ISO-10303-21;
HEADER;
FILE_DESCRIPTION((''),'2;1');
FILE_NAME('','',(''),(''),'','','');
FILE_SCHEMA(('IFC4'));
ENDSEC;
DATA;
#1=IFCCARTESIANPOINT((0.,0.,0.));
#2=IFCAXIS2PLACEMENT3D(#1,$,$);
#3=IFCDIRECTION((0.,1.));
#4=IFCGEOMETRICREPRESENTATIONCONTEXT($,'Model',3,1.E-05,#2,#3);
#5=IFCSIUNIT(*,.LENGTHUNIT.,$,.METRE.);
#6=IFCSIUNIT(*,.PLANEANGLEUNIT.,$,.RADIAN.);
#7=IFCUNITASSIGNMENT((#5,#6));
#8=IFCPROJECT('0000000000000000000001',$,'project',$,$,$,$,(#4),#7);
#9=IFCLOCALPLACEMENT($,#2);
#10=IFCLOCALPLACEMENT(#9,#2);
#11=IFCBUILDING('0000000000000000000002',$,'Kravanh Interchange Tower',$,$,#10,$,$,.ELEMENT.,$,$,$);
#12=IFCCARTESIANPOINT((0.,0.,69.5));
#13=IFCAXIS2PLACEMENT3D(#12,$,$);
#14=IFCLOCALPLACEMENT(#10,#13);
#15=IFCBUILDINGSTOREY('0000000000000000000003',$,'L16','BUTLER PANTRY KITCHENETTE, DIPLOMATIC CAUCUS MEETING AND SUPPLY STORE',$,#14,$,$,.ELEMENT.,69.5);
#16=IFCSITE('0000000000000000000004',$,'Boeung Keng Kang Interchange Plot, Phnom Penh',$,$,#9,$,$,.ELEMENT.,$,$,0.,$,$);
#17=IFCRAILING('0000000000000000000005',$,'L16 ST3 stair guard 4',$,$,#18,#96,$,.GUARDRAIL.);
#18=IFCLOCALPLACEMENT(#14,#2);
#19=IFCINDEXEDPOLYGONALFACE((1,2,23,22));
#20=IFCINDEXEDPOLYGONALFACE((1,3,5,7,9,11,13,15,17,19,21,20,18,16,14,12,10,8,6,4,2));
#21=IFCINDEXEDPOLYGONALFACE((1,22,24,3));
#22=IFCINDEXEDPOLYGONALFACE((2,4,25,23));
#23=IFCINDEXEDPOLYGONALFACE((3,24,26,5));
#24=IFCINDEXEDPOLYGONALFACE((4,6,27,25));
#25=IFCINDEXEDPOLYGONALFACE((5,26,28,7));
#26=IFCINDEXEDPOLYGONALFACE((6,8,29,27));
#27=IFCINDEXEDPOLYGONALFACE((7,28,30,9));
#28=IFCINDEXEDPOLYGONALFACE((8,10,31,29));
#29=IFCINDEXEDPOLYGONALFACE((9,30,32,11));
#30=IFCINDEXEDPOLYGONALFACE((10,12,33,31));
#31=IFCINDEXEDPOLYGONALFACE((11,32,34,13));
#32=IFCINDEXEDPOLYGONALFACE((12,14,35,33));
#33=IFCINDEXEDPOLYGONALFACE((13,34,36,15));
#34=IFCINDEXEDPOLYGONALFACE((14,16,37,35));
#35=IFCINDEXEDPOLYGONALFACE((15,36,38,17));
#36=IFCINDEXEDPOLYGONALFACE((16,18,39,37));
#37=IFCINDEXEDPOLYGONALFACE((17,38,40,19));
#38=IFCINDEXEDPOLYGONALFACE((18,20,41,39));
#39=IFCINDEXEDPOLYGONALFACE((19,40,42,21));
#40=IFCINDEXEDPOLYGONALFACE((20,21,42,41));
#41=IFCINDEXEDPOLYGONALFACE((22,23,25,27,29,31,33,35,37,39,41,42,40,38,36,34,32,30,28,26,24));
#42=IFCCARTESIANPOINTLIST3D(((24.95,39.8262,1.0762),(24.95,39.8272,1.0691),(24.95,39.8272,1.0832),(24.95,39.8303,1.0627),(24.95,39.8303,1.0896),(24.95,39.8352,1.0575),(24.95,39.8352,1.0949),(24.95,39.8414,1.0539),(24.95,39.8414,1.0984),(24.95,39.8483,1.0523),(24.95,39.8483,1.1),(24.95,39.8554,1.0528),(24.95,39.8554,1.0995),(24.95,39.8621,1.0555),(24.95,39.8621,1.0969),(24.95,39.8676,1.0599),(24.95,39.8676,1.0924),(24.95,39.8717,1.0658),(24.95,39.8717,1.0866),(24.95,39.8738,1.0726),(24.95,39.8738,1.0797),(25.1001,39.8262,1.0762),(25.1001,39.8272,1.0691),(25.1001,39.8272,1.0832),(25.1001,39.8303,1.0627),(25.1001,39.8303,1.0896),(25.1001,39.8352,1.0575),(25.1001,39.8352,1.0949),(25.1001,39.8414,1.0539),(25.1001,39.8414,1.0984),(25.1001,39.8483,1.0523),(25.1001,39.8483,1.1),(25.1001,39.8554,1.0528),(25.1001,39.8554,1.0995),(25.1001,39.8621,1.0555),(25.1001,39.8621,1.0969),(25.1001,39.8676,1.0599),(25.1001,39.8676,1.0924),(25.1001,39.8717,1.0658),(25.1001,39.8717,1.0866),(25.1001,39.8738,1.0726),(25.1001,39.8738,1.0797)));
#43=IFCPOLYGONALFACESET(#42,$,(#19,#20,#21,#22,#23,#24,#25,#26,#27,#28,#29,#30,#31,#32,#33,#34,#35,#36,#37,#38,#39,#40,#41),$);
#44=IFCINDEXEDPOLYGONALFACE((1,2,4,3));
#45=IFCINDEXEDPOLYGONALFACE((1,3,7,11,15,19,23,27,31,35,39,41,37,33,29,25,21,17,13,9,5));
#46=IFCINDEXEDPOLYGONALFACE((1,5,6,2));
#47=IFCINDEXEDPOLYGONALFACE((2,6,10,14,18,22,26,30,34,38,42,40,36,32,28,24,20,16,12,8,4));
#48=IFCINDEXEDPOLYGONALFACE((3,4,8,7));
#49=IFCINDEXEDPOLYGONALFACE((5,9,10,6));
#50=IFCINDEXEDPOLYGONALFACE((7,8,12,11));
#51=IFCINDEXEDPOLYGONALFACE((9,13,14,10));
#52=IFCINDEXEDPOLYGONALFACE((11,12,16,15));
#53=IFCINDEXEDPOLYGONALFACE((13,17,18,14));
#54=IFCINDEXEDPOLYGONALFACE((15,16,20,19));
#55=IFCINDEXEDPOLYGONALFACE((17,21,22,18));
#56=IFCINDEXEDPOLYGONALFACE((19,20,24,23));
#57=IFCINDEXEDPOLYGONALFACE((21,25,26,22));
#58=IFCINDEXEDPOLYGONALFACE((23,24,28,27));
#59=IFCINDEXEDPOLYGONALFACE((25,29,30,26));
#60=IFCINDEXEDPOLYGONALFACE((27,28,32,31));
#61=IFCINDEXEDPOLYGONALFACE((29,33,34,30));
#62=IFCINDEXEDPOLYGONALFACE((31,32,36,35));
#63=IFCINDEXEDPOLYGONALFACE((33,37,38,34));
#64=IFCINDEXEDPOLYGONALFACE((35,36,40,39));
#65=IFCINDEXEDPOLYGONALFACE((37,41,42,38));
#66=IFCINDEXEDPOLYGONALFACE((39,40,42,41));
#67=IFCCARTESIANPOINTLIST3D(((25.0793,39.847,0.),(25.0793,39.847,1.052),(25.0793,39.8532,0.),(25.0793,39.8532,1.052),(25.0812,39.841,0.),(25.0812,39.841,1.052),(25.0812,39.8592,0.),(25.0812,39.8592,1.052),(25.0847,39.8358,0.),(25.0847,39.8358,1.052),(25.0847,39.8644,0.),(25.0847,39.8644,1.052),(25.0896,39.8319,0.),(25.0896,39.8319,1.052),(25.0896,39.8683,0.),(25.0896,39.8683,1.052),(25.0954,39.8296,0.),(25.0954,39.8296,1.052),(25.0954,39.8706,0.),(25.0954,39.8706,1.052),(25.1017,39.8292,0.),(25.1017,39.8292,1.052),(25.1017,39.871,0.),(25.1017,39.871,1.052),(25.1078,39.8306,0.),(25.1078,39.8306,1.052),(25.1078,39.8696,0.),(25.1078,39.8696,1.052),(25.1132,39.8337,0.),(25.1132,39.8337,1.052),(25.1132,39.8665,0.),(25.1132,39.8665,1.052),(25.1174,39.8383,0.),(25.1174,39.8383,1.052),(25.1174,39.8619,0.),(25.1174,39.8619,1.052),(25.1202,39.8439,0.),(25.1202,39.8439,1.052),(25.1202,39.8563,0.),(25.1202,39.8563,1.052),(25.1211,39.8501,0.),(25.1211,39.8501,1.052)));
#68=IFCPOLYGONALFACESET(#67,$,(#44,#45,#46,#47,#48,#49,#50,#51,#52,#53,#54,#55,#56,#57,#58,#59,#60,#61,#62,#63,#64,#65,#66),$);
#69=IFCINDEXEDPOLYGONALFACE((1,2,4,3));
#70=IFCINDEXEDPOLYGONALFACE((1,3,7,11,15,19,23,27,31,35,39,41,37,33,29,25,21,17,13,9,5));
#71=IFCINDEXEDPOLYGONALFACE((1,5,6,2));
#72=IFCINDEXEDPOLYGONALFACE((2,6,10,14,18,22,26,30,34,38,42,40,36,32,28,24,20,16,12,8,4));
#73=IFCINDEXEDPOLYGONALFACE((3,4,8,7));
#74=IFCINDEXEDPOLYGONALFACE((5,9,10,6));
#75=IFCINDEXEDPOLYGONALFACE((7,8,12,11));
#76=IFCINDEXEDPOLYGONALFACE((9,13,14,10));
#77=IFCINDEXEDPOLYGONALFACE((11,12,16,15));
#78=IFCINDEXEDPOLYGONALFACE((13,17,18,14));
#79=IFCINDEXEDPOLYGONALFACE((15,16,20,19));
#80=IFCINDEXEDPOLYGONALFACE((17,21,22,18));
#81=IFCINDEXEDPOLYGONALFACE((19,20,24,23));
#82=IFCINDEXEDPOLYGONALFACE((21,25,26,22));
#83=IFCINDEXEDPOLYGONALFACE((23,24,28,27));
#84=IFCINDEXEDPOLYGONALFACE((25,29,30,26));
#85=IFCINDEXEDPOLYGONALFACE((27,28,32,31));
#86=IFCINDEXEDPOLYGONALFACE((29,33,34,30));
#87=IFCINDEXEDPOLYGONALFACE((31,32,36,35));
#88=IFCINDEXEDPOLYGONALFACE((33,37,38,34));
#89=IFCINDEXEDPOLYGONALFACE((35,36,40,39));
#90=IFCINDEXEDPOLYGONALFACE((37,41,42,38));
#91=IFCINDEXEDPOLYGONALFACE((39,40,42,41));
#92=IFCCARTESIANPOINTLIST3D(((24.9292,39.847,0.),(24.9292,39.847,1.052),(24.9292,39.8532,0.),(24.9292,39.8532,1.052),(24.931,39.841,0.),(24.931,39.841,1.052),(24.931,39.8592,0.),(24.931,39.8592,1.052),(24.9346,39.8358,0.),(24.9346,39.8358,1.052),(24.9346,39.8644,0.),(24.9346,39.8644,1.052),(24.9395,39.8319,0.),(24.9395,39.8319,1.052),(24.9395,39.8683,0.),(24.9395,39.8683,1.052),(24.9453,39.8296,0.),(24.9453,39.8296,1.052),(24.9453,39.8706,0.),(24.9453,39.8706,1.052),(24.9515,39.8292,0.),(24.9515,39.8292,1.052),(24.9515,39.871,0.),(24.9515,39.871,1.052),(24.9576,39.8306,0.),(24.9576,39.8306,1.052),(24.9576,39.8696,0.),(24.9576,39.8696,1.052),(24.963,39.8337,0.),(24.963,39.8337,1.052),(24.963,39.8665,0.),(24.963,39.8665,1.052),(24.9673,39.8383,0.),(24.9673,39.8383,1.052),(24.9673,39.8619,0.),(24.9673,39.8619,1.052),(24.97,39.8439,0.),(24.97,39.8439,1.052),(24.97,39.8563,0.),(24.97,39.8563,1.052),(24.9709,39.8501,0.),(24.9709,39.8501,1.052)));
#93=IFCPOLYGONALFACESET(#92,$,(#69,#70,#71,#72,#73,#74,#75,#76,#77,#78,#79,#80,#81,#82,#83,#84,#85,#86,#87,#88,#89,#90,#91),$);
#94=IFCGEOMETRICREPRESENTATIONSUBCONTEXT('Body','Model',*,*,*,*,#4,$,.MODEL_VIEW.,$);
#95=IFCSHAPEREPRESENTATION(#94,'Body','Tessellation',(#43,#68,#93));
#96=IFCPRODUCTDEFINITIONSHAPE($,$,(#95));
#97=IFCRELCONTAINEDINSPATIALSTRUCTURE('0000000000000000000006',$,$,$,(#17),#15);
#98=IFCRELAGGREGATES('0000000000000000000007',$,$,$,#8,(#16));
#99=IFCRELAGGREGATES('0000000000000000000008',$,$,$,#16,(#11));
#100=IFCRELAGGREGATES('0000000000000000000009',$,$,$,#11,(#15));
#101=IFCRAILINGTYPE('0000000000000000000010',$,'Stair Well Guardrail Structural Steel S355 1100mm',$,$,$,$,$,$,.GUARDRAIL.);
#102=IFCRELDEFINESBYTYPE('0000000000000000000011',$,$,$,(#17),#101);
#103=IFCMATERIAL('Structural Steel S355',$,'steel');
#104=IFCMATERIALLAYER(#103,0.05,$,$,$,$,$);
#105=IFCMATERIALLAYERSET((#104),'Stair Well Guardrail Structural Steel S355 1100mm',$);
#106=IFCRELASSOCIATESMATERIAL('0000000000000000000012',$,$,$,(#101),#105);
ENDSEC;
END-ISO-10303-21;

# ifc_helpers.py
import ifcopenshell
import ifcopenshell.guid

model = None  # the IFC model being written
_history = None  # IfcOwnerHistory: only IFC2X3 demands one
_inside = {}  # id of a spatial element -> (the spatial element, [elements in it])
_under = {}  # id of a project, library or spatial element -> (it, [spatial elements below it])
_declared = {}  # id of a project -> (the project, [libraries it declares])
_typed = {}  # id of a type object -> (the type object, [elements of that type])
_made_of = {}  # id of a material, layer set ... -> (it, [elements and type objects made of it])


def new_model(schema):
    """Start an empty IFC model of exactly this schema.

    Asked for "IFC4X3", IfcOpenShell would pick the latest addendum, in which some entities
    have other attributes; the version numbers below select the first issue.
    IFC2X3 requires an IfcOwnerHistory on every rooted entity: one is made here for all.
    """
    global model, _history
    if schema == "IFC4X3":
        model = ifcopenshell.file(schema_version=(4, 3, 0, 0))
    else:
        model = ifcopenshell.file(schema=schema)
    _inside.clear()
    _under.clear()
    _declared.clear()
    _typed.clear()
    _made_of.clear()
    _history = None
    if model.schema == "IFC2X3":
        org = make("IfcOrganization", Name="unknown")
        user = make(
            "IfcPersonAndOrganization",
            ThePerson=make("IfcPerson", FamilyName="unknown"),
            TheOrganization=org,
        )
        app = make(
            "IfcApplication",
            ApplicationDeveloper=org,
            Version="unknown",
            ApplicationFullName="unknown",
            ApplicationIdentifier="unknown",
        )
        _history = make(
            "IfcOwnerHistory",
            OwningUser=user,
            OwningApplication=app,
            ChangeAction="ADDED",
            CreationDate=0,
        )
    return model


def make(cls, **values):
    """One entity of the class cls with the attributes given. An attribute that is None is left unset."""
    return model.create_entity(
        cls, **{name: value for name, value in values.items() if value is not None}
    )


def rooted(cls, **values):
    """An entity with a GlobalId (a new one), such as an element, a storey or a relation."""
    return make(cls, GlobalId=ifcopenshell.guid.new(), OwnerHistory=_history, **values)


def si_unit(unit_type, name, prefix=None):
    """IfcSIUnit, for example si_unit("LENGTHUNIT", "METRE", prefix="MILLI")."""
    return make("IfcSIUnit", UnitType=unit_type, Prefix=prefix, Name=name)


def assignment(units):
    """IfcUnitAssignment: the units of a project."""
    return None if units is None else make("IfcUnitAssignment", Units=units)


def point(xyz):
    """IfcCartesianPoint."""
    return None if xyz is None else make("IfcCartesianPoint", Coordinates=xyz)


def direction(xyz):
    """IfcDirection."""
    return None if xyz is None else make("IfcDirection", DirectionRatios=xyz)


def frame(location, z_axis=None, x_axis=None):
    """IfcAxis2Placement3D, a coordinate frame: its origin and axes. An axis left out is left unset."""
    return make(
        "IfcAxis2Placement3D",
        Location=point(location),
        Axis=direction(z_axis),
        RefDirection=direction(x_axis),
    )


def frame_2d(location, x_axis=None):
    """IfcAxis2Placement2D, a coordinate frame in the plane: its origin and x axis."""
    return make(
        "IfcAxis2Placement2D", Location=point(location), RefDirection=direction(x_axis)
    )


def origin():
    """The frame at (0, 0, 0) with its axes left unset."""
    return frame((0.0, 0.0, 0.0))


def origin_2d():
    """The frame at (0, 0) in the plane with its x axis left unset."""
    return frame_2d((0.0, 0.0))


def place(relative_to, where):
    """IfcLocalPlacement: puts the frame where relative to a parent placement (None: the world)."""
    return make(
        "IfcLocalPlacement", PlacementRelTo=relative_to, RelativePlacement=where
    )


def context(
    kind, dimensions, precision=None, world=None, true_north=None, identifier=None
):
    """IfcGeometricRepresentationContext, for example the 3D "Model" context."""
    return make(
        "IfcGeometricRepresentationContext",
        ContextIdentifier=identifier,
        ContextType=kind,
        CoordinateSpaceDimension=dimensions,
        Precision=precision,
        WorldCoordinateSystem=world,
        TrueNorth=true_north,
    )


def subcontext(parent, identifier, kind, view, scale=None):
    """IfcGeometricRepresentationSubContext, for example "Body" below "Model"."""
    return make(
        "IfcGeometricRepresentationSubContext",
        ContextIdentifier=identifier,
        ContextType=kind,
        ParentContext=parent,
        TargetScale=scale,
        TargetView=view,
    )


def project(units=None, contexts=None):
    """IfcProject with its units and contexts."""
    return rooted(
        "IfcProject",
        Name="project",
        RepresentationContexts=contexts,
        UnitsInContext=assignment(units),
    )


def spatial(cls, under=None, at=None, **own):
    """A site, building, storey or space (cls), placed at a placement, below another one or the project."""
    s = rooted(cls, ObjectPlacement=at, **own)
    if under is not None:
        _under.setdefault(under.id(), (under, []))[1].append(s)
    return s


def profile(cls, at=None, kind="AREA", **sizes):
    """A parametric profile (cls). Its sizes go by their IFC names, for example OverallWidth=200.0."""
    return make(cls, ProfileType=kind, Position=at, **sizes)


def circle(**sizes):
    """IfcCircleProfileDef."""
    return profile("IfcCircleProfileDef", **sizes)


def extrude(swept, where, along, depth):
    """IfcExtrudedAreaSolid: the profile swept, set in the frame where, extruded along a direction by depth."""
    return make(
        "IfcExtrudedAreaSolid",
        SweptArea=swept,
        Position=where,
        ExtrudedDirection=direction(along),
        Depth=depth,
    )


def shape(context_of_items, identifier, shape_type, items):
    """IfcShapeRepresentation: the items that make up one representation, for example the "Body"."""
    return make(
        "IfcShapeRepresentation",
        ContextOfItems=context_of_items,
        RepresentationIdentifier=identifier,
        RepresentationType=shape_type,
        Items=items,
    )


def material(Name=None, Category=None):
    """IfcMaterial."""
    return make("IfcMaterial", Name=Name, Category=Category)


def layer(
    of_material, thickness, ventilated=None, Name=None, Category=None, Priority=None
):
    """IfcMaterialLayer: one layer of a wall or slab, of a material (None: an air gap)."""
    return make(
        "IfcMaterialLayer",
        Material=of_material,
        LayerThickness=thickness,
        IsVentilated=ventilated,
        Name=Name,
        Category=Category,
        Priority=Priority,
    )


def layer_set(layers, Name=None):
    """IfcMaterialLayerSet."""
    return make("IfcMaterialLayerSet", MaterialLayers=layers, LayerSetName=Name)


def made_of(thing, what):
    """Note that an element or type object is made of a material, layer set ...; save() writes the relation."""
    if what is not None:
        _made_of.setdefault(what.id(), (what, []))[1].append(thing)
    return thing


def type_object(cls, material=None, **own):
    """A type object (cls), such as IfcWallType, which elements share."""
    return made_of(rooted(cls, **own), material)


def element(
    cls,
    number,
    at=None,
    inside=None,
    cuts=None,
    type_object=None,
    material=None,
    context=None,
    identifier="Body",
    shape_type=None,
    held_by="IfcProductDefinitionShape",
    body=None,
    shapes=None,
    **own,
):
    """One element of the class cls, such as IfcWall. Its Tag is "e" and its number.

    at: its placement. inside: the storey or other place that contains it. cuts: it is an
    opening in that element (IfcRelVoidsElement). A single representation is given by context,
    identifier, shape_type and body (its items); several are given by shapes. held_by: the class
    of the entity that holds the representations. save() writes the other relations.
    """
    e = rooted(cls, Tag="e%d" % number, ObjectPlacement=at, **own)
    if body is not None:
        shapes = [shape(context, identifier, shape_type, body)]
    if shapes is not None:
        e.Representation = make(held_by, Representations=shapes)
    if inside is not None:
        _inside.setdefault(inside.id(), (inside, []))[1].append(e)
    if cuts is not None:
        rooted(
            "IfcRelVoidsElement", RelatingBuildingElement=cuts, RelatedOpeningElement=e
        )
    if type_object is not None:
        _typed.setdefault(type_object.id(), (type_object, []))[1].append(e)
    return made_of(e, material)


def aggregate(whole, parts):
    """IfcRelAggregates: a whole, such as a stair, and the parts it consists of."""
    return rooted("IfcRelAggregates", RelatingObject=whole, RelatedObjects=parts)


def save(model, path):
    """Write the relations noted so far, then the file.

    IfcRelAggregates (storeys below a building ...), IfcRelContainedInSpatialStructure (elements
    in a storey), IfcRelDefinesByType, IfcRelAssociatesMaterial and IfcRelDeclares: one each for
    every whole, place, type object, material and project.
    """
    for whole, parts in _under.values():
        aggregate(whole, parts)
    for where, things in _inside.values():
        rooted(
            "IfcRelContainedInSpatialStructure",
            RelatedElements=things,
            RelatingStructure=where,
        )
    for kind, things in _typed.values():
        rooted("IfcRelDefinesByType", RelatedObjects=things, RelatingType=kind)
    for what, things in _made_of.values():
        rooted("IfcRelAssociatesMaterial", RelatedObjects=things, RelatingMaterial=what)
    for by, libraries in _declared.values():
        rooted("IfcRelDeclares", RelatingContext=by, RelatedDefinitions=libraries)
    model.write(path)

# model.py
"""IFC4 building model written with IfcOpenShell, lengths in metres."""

from ifc_helpers import new_model, si_unit, direction, frame, origin, origin_2d, place, context, subcontext, project, spatial, circle, extrude, material, layer, layer_set, type_object, element, save


model = new_model("IFC4")

# Units and contexts
model_context = context("Model", 3, precision=1e-05, world=origin(), true_north=direction((0.0, 1.0)))
body_context = subcontext(model_context, "Body", "Model", "MODEL_VIEW")
ifc_project = project(units=[si_unit("LENGTHUNIT", "METRE"), si_unit("PLANEANGLEUNIT", "RADIAN")], contexts=[model_context])

# Site, building, storey
site_placement = place(None, origin())
site = spatial("IfcSite", under=ifc_project, at=site_placement, Name="Boeung Keng Kang Interchange Plot, Phnom Penh", CompositionType="ELEMENT", RefElevation=0.0)
building_placement = place(site_placement, origin())
building = spatial("IfcBuilding", under=site, at=building_placement, Name="Kravanh Interchange Tower", CompositionType="ELEMENT")
storey_placement = place(building_placement, frame((0.0, 0.0, 69.5)))
storey = spatial("IfcBuildingStorey", under=building, at=storey_placement, Name="L16", Description="BUTLER PANTRY KITCHENETTE, DIPLOMATIC CAUCUS MEETING AND SUPPLY STORE", CompositionType="ELEMENT", Elevation=69.5)

# Railing
ifc_material_1 = material(Name="Structural Steel S355", Category="steel")
ifc_layer_1 = layer(ifc_material_1, 0.05)
ifc_layer_set_1 = layer_set([ifc_layer_1], Name="Stair Well Guardrail Structural Steel S355 1100mm")
railing_type_1 = type_object("IfcRailingType", Name="Stair Well Guardrail Structural Steel S355 1100mm", PredefinedType="GUARDRAIL", material=ifc_layer_set_1)
railing_1_placement = place(storey_placement, frame((25.1001, 39.8501, 0.0)))
element("IfcRailing", 1, at=railing_1_placement, inside=storey, type_object=railing_type_1, Name="L16 ST3 stair guard 4", PredefinedType="GUARDRAIL", context=body_context, shape_type="SweptSolid", body=[
    extrude(circle(Radius=0.0239, at=origin_2d()), frame((0.0, 0.0, 1.0762), z_axis=(-1.0, 0.0, 0.0), x_axis=(0.0, -1.0, 0.0)), (0.0, 0.0, 1.0), 0.1501),
    extrude(circle(Radius=0.021, at=origin_2d()), origin(), (0.0, 0.0, 1.0), 1.052),
    extrude(circle(Radius=0.021, at=origin_2d()), frame((-0.1501, 0.0, 0.0)), (0.0, 0.0, 1.0), 1.052),
])

save(model, "model.ifc")
